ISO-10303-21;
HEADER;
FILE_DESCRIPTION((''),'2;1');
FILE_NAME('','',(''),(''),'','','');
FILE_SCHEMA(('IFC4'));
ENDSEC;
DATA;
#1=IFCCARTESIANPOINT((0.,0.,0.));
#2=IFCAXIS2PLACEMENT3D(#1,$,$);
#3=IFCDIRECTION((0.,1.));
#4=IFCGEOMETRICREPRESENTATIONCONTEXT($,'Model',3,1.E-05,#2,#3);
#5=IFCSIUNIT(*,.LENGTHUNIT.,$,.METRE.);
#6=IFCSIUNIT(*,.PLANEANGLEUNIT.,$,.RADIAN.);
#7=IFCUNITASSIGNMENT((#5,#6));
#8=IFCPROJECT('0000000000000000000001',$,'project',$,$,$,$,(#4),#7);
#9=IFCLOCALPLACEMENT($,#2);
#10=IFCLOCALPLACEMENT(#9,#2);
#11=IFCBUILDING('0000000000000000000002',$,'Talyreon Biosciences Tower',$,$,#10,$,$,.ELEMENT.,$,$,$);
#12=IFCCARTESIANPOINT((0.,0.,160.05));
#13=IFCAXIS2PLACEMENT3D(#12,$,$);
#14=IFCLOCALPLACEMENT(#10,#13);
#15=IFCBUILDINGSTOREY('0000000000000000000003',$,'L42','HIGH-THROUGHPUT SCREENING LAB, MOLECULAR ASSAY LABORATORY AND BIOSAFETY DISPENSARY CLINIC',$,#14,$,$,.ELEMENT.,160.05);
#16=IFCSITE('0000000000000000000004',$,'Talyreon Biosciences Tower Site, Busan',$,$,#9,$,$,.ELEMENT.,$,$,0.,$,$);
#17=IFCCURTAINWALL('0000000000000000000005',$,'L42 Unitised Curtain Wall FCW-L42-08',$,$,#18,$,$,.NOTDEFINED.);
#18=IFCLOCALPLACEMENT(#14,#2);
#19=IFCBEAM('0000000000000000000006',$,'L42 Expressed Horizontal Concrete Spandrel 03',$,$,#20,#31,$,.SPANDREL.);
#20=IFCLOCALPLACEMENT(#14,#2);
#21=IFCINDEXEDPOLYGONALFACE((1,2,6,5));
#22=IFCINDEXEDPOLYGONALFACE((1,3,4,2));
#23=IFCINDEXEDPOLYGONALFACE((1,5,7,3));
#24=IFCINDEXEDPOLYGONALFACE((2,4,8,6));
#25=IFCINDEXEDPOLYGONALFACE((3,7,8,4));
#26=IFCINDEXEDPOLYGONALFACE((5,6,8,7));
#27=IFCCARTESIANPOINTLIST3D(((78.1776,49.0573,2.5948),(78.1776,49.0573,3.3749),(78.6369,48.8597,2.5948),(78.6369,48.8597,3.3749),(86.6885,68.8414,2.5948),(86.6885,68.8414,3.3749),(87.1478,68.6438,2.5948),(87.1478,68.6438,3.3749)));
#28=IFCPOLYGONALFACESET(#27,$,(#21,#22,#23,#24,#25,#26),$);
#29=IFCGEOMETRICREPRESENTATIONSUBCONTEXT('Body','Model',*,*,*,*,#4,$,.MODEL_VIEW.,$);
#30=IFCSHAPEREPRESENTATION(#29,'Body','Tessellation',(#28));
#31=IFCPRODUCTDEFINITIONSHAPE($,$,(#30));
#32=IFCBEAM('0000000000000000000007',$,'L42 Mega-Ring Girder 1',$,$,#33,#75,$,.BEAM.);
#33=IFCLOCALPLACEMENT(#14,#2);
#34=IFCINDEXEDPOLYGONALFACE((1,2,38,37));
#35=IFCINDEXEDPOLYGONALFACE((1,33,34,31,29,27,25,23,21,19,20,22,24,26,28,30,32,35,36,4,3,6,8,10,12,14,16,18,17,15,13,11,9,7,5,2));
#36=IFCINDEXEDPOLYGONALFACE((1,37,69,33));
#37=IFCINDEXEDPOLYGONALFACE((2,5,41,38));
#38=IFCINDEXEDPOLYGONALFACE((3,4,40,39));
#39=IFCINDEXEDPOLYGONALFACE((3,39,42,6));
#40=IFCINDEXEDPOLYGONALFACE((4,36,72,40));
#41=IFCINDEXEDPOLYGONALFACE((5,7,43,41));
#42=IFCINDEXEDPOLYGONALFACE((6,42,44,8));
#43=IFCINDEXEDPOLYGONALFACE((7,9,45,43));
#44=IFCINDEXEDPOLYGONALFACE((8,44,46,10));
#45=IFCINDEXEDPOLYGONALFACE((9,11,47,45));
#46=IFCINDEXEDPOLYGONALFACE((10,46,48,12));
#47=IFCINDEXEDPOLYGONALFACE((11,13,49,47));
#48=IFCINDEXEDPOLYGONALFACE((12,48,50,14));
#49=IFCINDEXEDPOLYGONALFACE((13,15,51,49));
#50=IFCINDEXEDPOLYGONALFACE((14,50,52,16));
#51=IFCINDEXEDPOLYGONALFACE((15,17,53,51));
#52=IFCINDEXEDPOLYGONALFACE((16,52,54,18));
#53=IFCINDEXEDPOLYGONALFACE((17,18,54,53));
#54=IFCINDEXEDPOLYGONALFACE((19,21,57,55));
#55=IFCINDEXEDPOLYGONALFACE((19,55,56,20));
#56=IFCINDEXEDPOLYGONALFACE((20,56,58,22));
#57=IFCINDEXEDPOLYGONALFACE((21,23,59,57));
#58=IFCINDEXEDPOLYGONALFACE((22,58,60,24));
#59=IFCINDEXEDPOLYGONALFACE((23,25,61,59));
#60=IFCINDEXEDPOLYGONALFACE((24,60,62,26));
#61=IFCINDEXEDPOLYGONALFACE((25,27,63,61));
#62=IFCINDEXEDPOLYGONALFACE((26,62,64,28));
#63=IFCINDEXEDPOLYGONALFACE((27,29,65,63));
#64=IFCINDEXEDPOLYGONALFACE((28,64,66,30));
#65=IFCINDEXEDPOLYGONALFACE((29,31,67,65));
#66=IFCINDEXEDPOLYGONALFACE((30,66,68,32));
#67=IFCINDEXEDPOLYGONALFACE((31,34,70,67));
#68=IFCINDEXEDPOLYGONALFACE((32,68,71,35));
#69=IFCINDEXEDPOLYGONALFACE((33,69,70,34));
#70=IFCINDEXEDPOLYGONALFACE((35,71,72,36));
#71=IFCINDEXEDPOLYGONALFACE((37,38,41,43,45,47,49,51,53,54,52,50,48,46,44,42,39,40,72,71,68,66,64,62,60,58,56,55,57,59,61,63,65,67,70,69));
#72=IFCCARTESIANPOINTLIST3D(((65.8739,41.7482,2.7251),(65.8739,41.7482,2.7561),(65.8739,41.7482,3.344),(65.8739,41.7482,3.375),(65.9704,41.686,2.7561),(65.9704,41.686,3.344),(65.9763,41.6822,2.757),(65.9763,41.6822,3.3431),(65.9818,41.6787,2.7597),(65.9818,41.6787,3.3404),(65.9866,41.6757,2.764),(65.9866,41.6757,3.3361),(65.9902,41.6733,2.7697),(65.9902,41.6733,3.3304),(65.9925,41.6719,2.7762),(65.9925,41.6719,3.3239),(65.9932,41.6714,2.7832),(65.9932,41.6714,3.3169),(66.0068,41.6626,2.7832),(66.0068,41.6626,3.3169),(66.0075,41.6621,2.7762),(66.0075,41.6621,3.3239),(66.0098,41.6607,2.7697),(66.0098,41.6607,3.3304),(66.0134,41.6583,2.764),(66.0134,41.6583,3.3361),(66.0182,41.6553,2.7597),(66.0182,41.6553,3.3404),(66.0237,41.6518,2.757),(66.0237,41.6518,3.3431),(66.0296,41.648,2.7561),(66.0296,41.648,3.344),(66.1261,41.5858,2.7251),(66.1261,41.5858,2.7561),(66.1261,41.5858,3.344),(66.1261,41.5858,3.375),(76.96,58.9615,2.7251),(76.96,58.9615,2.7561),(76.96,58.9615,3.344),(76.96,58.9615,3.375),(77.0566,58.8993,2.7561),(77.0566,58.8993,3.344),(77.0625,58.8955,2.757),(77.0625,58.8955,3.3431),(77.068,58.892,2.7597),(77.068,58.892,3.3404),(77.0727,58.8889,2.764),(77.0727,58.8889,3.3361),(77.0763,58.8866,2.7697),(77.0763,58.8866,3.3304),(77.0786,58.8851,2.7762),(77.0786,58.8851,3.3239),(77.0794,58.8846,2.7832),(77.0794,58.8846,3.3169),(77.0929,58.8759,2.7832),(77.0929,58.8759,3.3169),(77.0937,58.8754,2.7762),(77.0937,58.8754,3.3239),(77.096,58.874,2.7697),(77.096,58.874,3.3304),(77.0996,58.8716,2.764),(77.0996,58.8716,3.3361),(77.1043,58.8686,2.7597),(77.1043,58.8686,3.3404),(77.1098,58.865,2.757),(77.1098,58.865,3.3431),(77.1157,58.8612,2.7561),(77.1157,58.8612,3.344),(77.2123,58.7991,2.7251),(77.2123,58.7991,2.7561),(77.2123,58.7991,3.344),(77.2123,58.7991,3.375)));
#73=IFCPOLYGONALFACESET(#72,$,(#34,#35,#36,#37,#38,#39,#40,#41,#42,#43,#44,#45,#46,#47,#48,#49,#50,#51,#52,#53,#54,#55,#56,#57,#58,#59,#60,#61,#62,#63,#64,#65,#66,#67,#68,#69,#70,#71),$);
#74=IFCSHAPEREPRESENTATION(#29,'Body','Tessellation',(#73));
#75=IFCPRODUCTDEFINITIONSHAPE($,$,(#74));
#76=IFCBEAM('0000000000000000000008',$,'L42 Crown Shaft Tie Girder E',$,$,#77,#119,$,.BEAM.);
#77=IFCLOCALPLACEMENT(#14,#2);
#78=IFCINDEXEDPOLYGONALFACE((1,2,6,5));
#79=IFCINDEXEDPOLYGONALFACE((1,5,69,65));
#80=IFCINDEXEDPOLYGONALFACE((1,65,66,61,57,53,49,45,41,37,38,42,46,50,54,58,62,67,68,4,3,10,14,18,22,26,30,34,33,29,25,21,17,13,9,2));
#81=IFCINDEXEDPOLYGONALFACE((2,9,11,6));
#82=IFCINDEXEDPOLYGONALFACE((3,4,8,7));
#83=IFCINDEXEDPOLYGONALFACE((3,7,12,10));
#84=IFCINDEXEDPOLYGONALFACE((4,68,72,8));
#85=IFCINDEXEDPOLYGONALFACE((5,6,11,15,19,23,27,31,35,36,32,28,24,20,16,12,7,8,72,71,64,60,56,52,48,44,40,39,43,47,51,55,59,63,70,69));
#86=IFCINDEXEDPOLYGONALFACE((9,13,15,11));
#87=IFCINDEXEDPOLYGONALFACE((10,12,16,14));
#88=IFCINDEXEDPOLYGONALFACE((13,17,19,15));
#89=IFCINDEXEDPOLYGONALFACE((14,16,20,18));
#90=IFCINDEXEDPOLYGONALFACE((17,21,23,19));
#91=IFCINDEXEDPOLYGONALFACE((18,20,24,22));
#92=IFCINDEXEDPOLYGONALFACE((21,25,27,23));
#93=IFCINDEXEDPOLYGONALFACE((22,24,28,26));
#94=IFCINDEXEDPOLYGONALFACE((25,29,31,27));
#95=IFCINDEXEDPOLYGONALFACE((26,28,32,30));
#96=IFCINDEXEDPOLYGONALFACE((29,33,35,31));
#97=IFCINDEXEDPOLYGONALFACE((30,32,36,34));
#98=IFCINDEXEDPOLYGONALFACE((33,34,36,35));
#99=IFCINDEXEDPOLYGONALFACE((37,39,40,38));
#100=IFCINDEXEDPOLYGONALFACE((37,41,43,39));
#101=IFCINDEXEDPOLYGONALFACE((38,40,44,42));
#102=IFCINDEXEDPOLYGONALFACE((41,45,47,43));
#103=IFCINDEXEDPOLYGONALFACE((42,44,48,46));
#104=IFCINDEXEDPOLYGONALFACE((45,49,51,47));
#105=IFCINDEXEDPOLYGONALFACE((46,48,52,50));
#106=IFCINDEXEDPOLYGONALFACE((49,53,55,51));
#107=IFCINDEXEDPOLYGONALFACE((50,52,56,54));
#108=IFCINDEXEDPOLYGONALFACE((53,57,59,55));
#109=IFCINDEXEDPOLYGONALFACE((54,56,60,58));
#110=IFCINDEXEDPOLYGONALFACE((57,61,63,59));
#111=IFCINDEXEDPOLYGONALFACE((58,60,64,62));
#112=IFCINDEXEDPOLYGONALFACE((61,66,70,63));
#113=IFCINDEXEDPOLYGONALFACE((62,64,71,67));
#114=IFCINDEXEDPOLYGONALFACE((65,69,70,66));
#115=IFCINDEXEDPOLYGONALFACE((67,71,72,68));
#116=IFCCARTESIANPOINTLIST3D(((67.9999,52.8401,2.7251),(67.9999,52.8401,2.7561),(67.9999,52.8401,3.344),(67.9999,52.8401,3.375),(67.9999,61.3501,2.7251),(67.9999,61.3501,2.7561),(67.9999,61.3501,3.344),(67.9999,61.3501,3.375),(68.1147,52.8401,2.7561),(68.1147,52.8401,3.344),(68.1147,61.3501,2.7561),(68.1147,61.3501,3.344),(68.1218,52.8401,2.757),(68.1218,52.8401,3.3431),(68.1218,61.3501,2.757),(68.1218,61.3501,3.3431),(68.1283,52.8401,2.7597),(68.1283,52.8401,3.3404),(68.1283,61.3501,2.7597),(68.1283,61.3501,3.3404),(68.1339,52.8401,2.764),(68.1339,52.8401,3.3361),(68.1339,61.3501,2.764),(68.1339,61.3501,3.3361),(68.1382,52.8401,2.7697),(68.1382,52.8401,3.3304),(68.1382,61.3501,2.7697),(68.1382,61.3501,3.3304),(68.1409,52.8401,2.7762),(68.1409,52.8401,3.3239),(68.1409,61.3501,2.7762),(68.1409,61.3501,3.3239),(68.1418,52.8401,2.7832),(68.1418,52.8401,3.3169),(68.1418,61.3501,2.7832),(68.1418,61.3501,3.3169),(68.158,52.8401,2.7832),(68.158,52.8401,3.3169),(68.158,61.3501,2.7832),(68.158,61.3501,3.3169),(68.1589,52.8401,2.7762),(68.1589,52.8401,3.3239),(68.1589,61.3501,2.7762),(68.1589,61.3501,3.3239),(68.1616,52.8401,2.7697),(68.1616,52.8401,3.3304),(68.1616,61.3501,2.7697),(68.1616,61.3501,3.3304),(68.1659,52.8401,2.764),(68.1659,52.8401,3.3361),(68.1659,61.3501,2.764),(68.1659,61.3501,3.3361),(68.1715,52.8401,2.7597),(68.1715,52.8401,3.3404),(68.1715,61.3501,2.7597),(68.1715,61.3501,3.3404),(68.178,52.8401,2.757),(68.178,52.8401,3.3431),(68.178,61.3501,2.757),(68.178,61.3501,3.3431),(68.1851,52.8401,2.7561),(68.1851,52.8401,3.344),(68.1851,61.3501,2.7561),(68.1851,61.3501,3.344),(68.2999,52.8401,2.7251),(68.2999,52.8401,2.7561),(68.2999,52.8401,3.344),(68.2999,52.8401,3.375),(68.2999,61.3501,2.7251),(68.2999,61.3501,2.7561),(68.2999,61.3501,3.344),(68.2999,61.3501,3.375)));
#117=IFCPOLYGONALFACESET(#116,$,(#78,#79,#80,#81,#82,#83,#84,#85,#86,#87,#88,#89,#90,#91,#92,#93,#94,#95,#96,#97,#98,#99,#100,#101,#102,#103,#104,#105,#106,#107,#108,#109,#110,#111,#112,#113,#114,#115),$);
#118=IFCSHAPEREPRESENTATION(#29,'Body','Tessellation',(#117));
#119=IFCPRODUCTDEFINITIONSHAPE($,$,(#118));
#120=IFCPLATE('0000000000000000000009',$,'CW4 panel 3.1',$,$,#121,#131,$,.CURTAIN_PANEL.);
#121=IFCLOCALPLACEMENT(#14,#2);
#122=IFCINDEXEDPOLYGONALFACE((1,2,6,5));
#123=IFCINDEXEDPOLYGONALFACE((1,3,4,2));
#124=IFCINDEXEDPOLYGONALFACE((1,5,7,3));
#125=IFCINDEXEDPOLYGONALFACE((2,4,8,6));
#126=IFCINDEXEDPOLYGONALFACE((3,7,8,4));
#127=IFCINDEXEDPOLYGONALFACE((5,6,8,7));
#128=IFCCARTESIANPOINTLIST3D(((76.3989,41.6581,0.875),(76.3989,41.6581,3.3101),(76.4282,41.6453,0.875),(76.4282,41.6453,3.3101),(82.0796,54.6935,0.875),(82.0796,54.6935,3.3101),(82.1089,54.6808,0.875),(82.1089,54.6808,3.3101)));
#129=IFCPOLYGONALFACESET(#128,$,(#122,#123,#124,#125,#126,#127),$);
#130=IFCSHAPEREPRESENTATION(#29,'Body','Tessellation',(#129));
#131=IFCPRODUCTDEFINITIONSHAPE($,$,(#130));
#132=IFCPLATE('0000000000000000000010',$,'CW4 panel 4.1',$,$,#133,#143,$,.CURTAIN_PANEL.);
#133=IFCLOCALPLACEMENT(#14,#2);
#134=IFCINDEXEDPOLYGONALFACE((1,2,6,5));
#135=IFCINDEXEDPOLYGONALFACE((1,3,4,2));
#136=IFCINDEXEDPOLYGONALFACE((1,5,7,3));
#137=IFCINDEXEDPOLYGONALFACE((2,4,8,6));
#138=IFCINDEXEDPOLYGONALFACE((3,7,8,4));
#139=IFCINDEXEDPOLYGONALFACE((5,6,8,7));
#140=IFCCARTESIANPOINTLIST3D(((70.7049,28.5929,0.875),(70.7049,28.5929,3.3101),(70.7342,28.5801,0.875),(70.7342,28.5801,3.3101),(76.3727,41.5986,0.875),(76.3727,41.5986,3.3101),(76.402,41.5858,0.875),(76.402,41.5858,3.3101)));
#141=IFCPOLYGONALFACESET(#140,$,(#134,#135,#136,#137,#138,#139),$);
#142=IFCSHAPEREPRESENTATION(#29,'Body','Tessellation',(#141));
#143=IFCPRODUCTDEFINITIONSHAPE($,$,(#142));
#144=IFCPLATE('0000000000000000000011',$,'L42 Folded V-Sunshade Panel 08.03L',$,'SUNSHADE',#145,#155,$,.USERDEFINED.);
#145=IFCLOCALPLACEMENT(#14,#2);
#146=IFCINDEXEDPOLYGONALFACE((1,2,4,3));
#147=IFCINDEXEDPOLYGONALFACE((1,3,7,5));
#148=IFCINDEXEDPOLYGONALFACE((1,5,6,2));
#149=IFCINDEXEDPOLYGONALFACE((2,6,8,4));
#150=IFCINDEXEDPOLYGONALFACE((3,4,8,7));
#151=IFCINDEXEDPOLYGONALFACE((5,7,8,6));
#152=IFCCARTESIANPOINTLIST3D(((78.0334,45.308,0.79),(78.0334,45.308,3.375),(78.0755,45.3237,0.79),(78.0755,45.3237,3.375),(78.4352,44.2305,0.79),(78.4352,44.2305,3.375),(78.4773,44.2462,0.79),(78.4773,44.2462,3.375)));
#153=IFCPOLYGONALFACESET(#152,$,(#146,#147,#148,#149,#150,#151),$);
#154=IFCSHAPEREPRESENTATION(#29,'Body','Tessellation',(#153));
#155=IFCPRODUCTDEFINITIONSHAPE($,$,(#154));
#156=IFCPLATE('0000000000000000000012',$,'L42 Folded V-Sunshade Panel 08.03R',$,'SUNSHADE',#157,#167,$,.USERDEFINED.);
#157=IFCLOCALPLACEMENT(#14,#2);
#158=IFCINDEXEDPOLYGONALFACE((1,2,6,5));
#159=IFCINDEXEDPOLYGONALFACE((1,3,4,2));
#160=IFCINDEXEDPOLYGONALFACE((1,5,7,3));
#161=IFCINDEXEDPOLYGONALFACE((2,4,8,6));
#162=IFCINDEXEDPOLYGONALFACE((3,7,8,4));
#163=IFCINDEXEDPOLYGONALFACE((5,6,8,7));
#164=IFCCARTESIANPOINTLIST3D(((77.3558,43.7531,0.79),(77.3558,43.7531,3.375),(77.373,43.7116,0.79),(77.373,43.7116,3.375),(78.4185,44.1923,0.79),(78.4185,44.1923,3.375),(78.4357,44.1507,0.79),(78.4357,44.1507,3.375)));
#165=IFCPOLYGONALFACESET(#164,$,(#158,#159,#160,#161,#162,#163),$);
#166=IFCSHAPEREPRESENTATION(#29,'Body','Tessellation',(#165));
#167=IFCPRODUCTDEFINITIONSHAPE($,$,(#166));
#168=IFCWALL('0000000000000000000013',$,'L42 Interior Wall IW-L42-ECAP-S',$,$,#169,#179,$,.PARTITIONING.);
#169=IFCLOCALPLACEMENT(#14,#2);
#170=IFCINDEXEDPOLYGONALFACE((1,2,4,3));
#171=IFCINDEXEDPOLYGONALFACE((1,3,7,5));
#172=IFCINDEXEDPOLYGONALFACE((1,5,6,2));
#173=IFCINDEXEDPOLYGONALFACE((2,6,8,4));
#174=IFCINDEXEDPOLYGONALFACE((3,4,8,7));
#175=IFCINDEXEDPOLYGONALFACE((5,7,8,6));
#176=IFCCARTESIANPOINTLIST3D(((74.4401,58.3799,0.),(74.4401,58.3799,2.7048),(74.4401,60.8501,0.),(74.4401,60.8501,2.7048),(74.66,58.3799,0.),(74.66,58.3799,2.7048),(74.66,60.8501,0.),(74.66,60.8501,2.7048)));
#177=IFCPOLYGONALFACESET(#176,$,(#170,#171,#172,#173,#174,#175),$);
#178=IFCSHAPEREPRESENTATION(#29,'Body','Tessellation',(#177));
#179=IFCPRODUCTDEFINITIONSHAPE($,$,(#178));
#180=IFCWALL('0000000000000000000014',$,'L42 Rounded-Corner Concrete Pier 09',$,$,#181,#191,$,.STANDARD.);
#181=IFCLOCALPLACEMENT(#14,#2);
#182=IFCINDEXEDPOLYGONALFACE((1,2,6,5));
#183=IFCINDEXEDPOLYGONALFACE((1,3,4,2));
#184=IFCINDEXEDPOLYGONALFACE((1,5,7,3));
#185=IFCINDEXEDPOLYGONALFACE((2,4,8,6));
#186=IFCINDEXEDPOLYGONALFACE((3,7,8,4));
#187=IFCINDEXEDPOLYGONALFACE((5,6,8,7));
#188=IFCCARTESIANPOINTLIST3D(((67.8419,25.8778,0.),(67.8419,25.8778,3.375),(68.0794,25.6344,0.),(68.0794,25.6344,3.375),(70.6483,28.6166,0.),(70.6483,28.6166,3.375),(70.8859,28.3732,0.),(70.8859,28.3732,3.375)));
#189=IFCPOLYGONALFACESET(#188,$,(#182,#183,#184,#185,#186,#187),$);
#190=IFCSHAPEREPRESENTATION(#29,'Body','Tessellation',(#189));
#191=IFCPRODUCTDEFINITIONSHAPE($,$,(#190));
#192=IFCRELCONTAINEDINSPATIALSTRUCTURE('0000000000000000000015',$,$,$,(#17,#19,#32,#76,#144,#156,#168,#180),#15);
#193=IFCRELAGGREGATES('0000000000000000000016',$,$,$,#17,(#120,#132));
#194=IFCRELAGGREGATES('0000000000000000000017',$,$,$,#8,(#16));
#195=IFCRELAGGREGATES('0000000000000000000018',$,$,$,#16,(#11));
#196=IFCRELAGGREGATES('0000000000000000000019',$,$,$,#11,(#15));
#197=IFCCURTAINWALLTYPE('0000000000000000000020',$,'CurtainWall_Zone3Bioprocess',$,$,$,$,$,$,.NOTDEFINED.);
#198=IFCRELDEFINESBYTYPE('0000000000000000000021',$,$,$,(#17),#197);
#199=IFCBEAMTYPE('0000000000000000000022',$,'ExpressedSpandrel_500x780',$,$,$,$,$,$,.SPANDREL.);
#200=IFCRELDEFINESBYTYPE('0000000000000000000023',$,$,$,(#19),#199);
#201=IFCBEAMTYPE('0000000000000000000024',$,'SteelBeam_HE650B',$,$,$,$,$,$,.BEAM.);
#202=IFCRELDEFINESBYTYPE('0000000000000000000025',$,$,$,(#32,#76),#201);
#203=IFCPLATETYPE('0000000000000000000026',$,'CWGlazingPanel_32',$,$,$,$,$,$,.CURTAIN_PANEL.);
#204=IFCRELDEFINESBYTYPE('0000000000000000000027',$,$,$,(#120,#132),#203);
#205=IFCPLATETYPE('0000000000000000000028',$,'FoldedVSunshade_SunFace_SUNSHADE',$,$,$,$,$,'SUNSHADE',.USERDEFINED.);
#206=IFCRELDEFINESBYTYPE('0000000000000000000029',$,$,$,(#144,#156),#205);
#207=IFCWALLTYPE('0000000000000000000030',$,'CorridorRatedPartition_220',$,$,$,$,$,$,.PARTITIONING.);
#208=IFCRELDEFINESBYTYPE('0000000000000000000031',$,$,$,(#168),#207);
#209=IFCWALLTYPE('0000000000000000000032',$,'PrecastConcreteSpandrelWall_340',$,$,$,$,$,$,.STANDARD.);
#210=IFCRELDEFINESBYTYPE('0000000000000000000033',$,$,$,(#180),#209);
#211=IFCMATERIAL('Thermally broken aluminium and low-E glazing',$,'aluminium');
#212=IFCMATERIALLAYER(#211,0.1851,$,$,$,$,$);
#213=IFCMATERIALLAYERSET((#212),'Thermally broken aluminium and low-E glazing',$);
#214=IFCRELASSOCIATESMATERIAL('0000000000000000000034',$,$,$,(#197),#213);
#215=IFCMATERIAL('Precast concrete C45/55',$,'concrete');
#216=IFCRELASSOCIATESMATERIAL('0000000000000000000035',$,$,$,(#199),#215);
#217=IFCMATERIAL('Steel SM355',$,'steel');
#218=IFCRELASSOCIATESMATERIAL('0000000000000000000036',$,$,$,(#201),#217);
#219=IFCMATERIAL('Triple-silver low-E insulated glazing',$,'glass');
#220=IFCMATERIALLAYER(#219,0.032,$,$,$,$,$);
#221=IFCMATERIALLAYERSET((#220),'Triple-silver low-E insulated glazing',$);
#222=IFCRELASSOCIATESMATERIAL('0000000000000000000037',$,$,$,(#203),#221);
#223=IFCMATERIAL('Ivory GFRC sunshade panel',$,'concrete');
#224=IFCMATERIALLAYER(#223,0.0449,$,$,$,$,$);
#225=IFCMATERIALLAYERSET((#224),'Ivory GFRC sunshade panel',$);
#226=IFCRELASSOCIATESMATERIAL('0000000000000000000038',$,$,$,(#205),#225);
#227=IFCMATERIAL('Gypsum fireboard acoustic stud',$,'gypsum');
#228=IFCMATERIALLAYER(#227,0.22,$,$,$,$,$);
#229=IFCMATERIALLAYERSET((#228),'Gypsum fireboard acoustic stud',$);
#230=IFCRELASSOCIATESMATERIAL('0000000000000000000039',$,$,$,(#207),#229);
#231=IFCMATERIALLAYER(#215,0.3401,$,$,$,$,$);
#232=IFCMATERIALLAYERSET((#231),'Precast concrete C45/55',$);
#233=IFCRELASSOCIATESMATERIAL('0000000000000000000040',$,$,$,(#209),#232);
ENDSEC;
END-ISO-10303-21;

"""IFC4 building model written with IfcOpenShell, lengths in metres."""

from ifc_helpers import new_model, si_unit, direction, frame, frame_2d, origin, origin_2d, place, context, subcontext, project, spatial, rectangle, i_section, extrude, material, layer, layer_set, material_profile, profile_set, type_object, element, aggregate, save


model = new_model("IFC4")

# Units and contexts
model_context = context("Model", 3, precision=1e-05, world=origin(), true_north=direction((0.0, 1.0)))
body_context = subcontext(model_context, "Body", "Model", "MODEL_VIEW")
ifc_project = project(units=[si_unit("LENGTHUNIT", "METRE"), si_unit("PLANEANGLEUNIT", "RADIAN")], contexts=[model_context])

# Site, building, storey
site_placement = place(None, origin())
site = spatial("IfcSite", under=ifc_project, at=site_placement, Name="Talyreon Biosciences Tower Site, Busan", CompositionType="ELEMENT", RefElevation=0.0)
building_placement = place(site_placement, origin())
building = spatial("IfcBuilding", under=site, at=building_placement, Name="Talyreon Biosciences Tower", CompositionType="ELEMENT")
storey_placement = place(building_placement, frame((0.0, 0.0, 160.05)))
storey = spatial("IfcBuildingStorey", under=building, at=storey_placement, Name="L42", Description="HIGH-THROUGHPUT SCREENING LAB, MOLECULAR ASSAY LABORATORY AND BIOSAFETY DISPENSARY CLINIC", CompositionType="ELEMENT", Elevation=160.05)

# Shared definitions
ifc_material_1 = material(Name="Precast concrete C45/55", Category="concrete")

# Curtain wall
ifc_material_2 = material(Name="Thermally broken aluminium and low-E glazing", Category="aluminium")
ifc_layer_1 = layer(ifc_material_2, 0.1851)
ifc_layer_set_1 = layer_set([ifc_layer_1], Name="Thermally broken aluminium and low-E glazing")
curtain_wall_type = type_object("IfcCurtainWallType", Name="CurtainWall_Zone3Bioprocess", PredefinedType="NOTDEFINED", material=ifc_layer_set_1)
curtain_wall_placement = place(storey_placement, origin())
curtain_wall = element("IfcCurtainWall", 1, at=curtain_wall_placement, inside=storey, type_object=curtain_wall_type, Name="L42 Unitised Curtain Wall FCW-L42-08", PredefinedType="NOTDEFINED")

# Beams
ifc_material_profile_1 = material_profile(ifc_material_1, rectangle(XDim=0.5, YDim=0.78, at=origin_2d()), Name="RCB 500x780")
ifc_profile_set_1 = profile_set([ifc_material_profile_1], Name="Precast concrete C45/55")
beam_type_1 = type_object("IfcBeamType", Name="ExpressedSpandrel_500x780", PredefinedType="SPANDREL", material=ifc_profile_set_1)
beam_1_placement = place(storey_placement, frame((78.4072, 48.9585, 2.9849), z_axis=(0.395176, 0.918605, 0.0), x_axis=(-0.918605, 0.395176, 0.0)))
element("IfcBeam", 2, at=beam_1_placement, inside=storey, type_object=beam_type_1, Name="L42 Expressed Horizontal Concrete Spandrel 03", PredefinedType="SPANDREL", context=body_context, shape_type="SweptSolid", body=[
    extrude(rectangle(XDim=0.5, YDim=0.78, at=origin_2d()), origin(), (0.0, 0.0, 1.0), 21.5371),
])
ifc_material_3 = material(Name="Steel SM355", Category="steel")
ifc_material_profile_2 = material_profile(ifc_material_3, i_section(OverallWidth=0.3, OverallDepth=0.6499, WebThickness=0.0161, FlangeThickness=0.031, FilletRadius=0.0271, at=origin_2d()), Name="HE650B")
ifc_profile_set_2 = profile_set([ifc_material_profile_2], Name="Steel SM355")
beam_type_2 = type_object("IfcBeamType", Name="SteelBeam_HE650B", PredefinedType="BEAM", material=ifc_profile_set_2)
beam_2_placement = place(storey_placement, frame((66.0, 41.667, 3.05), z_axis=(0.541464, 0.840724, 0.0), x_axis=(-0.840724, 0.541464, 0.0)))
element("IfcBeam", 3, at=beam_2_placement, inside=storey, type_object=beam_type_2, Name="L42 Mega-Ring Girder 1", PredefinedType="BEAM", context=body_context, shape_type="SweptSolid", body=[
    extrude(i_section(OverallWidth=0.3, OverallDepth=0.6499, WebThickness=0.0161, FlangeThickness=0.031, FilletRadius=0.0271, at=origin_2d()), origin(), (0.0, 0.0, 1.0), 20.4744),
])
beam_3_placement = place(storey_placement, frame((68.1499, 52.8401, 3.05), z_axis=(0.0, 1.0, 0.0), x_axis=(-1.0, 0.0, 0.0)))
element("IfcBeam", 4, at=beam_3_placement, inside=storey, type_object=beam_type_2, Name="L42 Crown Shaft Tie Girder E", PredefinedType="BEAM", context=body_context, shape_type="SweptSolid", body=[
    extrude(i_section(OverallWidth=0.3, OverallDepth=0.6499, WebThickness=0.0161, FlangeThickness=0.031, FilletRadius=0.0271, at=origin_2d()), origin(), (0.0, 0.0, 1.0), 8.51),
])

# Plates
ifc_material_4 = material(Name="Triple-silver low-E insulated glazing", Category="glass")
ifc_layer_2 = layer(ifc_material_4, 0.032)
ifc_layer_set_2 = layer_set([ifc_layer_2], Name="Triple-silver low-E insulated glazing")
plate_type_1 = type_object("IfcPlateType", Name="CWGlazingPanel_32", PredefinedType="CURTAIN_PANEL", material=ifc_layer_set_2)
plate_1_placement = place(storey_placement, frame((79.2539, 48.1694, 0.875), z_axis=(0.0, 0.0, 1.0), x_axis=(-0.399505, -0.916731, 0.0)))
plate_1 = element("IfcPlate", 5, at=plate_1_placement, type_object=plate_type_1, Name="CW4 panel 3.1", PredefinedType="CURTAIN_PANEL", context=body_context, shape_type="SweptSolid", body=[
    extrude(rectangle(XDim=14.2195, YDim=0.032, at=origin_2d()), origin(), (0.0, 0.0, 1.0), 2.4351),
])
plate_2_placement = place(storey_placement, frame((73.5535, 35.0894, 0.875), z_axis=(0.0, 0.0, 1.0), x_axis=(-0.399505, -0.916731, 0.0)))
plate_2 = element("IfcPlate", 6, at=plate_2_placement, type_object=plate_type_1, Name="CW4 panel 4.1", PredefinedType="CURTAIN_PANEL", context=body_context, shape_type="SweptSolid", body=[
    extrude(rectangle(XDim=14.187, YDim=0.032, at=origin_2d()), origin(), (0.0, 0.0, 1.0), 2.4351),
])
aggregate(curtain_wall, [plate_1, plate_2])

# Plates
ifc_material_5 = material(Name="Ivory GFRC sunshade panel", Category="concrete")
ifc_layer_3 = layer(ifc_material_5, 0.0449)
ifc_layer_set_3 = layer_set([ifc_layer_3], Name="Ivory GFRC sunshade panel")
plate_type_2 = type_object("IfcPlateType", Name="FoldedVSunshade_SunFace_SUNSHADE", ElementType="SUNSHADE", PredefinedType="USERDEFINED", material=ifc_layer_set_3)
for number, where, z_axis, x_axis, name in (
    (7, (78.2554, 44.7771, 0.79), (0.0, 0.0, 1.0), (0.349439, -0.936959, 0.0), "L42 Folded V-Sunshade Panel 08.03L"),
    (8, (77.8958, 43.9519, 0.79), (0.0, 0.0, 1.0), (-0.924193, -0.381925, 0.0), "L42 Folded V-Sunshade Panel 08.03R"),
):
    element("IfcPlate", number, at=place(storey_placement, frame(where, z_axis=z_axis, x_axis=x_axis)), inside=storey, type_object=plate_type_2, Name=name, ObjectType="SUNSHADE", PredefinedType="USERDEFINED", context=body_context, shape_type="SweptSolid", body=[
        extrude(rectangle(XDim=1.1499, YDim=0.0449, at=origin_2d()), origin(), (0.0, 0.0, 1.0), 2.585),
    ])

# Walls
ifc_material_6 = material(Name="Gypsum fireboard acoustic stud", Category="gypsum")
ifc_layer_4 = layer(ifc_material_6, 0.22)
ifc_layer_set_4 = layer_set([ifc_layer_4], Name="Gypsum fireboard acoustic stud")
wall_type_1 = type_object("IfcWallType", Name="CorridorRatedPartition_220", PredefinedType="PARTITIONING", material=ifc_layer_set_4)
wall_placement = place(storey_placement, frame((74.55, 58.3799, 0.0), z_axis=(0.0, 0.0, 1.0), x_axis=(0.0, 1.0, 0.0)))
element("IfcWall", 9, at=wall_placement, inside=storey, type_object=wall_type_1, Name="L42 Interior Wall IW-L42-ECAP-S", PredefinedType="PARTITIONING", context=body_context, shape_type="SweptSolid", body=[
    extrude(rectangle(XDim=2.4702, YDim=0.22, at=frame_2d((1.2351, 0.0))), origin(), (0.0, 0.0, 1.0), 2.7048),
])
ifc_layer_5 = layer(ifc_material_1, 0.3401)
ifc_layer_set_5 = layer_set([ifc_layer_5], Name="Precast concrete C45/55")
wall_type_2 = type_object("IfcWallType", Name="PrecastConcreteSpandrelWall_340", PredefinedType="STANDARD", material=ifc_layer_set_5)
for number, where, z_axis, x_axis, name in (
    (10, (70.7671, 28.4949, 0.0), (0.0, 0.0, 1.0), (-0.715677, -0.698431, 0.0), "L42 Rounded-Corner Concrete Pier 09"),
):
    element("IfcWall", number, at=place(storey_placement, frame(where, z_axis=z_axis, x_axis=x_axis)), inside=storey, type_object=wall_type_2, Name=name, PredefinedType="STANDARD", context=body_context, shape_type="SweptSolid", body=[
        extrude(rectangle(XDim=3.9214, YDim=0.3401, at=frame_2d((1.9607, 0.0))), origin(), (0.0, 0.0, 1.0), 3.375),
    ])

save(model, "model.ifc")
